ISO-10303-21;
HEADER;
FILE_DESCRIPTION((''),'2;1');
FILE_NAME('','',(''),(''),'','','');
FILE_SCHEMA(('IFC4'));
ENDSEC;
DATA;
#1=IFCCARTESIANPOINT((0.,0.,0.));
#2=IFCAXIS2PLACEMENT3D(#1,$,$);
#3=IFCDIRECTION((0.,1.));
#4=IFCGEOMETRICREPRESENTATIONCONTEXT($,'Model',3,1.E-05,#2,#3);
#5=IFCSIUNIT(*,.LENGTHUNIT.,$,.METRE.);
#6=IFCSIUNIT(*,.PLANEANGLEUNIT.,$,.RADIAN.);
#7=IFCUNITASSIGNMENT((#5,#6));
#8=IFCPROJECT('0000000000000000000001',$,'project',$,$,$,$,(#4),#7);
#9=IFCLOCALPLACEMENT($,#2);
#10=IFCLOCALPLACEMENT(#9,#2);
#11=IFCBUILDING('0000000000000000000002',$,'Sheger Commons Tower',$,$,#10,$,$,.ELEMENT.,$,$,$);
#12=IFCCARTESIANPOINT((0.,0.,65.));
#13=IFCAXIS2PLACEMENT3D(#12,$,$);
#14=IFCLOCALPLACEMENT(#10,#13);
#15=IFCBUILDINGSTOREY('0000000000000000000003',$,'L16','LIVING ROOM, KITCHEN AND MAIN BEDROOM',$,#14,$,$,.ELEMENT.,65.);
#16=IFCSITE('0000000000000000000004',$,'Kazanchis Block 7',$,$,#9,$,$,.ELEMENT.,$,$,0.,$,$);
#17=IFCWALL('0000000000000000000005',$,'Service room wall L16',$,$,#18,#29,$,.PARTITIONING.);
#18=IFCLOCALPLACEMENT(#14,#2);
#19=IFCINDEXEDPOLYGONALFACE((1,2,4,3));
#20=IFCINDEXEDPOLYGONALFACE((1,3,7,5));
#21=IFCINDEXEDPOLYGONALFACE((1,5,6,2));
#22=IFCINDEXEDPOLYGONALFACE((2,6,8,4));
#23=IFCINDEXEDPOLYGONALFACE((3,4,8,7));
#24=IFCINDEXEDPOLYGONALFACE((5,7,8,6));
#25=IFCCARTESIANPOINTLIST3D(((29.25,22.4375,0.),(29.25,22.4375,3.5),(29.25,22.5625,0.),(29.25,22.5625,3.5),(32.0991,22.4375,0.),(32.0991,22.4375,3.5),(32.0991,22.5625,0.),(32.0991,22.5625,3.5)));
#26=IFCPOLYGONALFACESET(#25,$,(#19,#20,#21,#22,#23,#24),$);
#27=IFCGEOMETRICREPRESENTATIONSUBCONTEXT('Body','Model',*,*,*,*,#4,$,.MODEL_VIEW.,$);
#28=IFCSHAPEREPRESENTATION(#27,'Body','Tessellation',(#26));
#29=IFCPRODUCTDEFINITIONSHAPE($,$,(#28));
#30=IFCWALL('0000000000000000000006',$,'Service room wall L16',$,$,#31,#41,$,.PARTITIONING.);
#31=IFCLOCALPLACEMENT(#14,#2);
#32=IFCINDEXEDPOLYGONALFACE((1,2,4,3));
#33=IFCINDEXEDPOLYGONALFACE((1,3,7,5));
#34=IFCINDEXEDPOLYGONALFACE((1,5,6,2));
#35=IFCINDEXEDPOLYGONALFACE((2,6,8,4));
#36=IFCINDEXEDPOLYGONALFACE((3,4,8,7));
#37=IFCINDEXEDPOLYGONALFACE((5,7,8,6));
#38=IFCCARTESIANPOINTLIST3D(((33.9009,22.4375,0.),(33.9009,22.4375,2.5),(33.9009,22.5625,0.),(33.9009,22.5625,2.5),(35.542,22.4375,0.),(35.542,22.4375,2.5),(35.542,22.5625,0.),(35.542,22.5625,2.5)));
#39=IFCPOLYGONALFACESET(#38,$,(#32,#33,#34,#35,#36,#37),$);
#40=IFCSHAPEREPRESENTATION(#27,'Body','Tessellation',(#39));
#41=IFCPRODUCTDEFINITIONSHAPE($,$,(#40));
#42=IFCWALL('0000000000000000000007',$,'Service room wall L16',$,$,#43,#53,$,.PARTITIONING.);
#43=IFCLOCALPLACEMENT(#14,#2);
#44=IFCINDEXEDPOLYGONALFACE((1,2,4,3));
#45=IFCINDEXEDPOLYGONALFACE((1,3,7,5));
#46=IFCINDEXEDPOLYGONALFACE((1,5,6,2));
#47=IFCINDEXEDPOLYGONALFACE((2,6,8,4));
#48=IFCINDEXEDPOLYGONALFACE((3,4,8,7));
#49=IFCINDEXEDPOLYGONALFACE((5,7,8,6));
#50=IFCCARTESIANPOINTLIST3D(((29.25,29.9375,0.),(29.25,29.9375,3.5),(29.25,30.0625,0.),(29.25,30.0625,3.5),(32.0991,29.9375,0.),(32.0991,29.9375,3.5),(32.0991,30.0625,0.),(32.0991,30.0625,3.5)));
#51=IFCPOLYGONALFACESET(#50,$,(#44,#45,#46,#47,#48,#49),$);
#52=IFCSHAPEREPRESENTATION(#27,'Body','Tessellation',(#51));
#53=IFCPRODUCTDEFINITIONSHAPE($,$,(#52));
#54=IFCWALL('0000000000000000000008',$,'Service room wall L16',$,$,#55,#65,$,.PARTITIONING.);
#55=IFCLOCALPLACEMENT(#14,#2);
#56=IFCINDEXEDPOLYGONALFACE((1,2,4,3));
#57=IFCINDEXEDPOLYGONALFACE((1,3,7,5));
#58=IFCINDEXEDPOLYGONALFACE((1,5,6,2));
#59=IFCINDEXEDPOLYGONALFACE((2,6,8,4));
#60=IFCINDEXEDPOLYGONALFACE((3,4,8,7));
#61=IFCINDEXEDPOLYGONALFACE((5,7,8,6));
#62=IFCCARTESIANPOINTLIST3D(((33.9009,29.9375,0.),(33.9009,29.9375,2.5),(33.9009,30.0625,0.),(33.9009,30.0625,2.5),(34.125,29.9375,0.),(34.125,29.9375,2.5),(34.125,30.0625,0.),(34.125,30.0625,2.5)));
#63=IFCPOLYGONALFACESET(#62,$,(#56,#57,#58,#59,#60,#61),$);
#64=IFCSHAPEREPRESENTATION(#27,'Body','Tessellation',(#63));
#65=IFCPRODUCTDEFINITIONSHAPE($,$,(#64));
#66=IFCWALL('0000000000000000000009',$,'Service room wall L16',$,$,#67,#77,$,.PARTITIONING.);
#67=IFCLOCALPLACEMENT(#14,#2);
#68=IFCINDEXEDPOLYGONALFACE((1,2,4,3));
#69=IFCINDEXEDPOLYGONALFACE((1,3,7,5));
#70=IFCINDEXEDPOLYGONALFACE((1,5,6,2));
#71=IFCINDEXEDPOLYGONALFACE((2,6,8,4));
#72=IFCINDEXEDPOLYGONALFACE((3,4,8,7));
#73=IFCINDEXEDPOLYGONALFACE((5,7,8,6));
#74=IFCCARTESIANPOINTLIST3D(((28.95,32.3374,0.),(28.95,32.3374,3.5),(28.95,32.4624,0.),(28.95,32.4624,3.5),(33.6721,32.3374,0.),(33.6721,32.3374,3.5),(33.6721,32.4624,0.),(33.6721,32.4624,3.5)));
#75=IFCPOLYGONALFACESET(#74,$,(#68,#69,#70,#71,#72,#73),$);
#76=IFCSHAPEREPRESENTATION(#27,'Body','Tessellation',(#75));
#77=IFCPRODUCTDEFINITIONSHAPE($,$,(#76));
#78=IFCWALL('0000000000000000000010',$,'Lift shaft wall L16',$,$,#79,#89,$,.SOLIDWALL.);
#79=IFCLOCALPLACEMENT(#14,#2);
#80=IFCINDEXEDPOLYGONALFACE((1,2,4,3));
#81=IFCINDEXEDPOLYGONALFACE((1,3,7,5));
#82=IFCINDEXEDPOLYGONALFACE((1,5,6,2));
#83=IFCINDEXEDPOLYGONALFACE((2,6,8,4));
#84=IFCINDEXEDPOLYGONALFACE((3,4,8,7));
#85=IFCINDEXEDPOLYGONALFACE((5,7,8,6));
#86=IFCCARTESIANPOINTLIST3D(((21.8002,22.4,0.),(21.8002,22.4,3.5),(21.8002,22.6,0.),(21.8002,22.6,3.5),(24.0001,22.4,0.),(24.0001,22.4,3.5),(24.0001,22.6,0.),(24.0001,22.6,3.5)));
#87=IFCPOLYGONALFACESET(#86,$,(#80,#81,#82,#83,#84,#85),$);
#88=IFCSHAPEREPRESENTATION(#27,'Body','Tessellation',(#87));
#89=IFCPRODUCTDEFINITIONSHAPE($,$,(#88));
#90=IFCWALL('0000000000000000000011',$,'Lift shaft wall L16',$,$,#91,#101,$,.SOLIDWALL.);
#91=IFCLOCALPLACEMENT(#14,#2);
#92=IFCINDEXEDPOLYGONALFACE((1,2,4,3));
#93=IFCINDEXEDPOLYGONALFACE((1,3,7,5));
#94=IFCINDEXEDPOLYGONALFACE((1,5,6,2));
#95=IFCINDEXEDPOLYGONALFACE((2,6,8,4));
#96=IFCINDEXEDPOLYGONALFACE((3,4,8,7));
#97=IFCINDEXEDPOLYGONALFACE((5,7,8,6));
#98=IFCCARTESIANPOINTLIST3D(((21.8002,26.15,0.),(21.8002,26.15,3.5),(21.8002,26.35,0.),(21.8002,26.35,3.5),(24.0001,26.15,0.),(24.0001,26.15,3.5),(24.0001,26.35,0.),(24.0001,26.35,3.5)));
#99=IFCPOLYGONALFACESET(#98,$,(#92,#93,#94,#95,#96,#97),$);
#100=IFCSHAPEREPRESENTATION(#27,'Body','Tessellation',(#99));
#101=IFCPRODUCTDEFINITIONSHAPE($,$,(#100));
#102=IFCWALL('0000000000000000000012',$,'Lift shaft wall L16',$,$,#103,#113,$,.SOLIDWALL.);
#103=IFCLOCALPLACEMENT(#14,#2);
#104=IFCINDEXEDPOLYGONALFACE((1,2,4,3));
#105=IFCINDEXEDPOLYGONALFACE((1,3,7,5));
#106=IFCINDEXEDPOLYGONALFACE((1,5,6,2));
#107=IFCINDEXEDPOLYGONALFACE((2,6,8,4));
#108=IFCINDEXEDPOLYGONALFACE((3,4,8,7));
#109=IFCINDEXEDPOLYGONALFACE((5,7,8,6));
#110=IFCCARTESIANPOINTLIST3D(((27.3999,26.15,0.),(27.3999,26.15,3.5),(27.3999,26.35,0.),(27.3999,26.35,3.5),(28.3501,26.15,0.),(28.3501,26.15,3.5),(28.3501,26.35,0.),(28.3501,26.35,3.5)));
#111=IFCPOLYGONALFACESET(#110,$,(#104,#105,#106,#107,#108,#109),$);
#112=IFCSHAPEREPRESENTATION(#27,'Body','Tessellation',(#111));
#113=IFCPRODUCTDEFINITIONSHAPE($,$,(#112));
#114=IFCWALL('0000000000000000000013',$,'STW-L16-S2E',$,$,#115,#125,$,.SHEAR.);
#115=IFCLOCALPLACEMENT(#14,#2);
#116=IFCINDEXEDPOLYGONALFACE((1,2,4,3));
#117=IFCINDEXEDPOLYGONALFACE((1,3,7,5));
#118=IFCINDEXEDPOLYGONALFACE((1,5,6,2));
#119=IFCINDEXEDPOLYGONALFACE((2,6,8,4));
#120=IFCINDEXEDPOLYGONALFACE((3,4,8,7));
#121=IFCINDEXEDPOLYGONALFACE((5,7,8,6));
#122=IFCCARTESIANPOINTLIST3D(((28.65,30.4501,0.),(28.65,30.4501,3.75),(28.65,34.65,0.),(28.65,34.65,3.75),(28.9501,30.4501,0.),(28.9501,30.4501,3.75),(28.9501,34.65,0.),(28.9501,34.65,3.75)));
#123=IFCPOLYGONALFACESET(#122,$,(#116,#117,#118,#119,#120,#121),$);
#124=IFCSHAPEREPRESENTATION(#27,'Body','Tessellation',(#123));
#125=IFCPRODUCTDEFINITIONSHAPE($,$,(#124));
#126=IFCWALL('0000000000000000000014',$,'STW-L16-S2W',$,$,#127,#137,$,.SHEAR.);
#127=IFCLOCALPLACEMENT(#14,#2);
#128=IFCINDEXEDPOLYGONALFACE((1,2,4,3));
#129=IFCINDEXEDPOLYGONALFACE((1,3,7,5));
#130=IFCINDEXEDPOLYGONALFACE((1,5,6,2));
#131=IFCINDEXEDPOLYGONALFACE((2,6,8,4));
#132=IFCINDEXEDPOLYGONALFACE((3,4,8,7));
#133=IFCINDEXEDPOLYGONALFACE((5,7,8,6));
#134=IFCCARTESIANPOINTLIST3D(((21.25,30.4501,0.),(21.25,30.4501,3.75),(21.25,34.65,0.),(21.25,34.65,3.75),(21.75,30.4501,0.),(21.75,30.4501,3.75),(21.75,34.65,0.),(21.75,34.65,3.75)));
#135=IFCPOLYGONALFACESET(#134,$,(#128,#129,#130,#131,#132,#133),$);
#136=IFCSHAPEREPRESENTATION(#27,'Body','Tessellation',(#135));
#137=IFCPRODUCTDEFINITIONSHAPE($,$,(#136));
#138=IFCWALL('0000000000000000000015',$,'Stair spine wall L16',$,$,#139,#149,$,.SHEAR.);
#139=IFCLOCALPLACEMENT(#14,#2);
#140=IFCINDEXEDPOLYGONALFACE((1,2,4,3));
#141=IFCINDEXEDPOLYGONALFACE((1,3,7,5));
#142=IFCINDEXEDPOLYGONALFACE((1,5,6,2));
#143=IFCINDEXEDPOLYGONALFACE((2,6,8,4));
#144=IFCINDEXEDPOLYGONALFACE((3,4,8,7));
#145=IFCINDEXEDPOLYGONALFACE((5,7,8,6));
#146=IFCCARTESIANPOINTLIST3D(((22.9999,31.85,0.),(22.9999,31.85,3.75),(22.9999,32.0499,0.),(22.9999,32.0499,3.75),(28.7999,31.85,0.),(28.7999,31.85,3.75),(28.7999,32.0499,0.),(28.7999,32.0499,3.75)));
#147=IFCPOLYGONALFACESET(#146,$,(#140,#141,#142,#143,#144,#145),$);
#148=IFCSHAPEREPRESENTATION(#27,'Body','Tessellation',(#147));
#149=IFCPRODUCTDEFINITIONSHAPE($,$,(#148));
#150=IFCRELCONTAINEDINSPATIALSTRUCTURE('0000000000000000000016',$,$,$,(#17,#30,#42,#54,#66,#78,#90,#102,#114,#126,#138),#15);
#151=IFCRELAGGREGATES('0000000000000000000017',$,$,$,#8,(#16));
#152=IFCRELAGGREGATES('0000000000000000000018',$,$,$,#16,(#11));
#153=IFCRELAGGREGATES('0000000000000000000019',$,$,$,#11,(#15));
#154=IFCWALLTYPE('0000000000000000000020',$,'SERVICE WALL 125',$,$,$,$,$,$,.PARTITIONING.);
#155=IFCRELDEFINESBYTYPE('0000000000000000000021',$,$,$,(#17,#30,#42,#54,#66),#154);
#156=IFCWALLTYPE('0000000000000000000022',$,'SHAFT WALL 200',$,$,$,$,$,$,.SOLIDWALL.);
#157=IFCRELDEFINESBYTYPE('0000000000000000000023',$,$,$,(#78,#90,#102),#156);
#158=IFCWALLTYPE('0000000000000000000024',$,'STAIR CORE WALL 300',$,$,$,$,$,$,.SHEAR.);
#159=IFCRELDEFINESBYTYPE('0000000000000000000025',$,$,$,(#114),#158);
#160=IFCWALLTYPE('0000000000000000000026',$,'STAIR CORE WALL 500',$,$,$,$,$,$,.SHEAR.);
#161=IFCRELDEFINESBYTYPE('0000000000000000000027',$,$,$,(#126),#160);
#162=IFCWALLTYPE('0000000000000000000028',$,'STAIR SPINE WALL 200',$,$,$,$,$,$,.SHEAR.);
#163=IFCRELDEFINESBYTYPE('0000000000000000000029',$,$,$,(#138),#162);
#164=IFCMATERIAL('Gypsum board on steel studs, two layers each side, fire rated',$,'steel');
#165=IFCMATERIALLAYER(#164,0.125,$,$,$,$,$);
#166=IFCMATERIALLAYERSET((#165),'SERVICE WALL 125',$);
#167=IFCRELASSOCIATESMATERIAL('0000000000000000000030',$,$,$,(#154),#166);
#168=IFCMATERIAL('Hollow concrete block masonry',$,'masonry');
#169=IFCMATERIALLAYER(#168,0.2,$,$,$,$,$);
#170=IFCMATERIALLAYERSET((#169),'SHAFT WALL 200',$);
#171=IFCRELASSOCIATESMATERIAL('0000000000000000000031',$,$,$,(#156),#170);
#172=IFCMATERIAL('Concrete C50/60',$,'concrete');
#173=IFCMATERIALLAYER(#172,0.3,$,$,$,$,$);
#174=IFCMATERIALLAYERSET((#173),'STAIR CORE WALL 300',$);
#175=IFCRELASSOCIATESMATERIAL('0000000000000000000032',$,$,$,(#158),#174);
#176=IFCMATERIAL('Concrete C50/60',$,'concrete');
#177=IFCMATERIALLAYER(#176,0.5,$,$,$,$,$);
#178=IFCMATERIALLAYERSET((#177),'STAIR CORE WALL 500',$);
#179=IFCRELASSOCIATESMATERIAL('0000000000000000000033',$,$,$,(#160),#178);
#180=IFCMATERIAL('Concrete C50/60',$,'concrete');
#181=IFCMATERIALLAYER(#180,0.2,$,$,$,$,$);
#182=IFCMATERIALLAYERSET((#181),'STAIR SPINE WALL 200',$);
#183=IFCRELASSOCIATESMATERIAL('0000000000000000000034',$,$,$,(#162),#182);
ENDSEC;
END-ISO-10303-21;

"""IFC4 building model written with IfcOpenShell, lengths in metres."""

from ifc_helpers import new_model, si_unit, direction, frame, frame_2d, origin, place, context, subcontext, project, spatial, rectangle, extrude, material, layer, layer_set, type_object, element, save


model = new_model("IFC4")

# Units and contexts
model_context = context("Model", 3, precision=1e-05, world=origin(), true_north=direction((0.0, 1.0)))
body_context = subcontext(model_context, "Body", "Model", "MODEL_VIEW")
ifc_project = project(units=[si_unit("LENGTHUNIT", "METRE"), si_unit("PLANEANGLEUNIT", "RADIAN")], contexts=[model_context])

# Site, building, storey
site_placement = place(None, origin())
site = spatial("IfcSite", under=ifc_project, at=site_placement, Name="Kazanchis Block 7", CompositionType="ELEMENT", RefElevation=0.0)
building_placement = place(site_placement, origin())
building = spatial("IfcBuilding", under=site, at=building_placement, Name="Sheger Commons Tower", CompositionType="ELEMENT")
storey_placement = place(building_placement, frame((0.0, 0.0, 65.0)))
storey = spatial("IfcBuildingStorey", under=building, at=storey_placement, Name="L16", Description="LIVING ROOM, KITCHEN AND MAIN BEDROOM", CompositionType="ELEMENT", Elevation=65.0)

# Walls
ifc_material_1 = material(Name="Gypsum board on steel studs, two layers each side, fire rated", Category="steel")
ifc_layer_1 = layer(ifc_material_1, 0.125)
ifc_layer_set_1 = layer_set([ifc_layer_1], Name="SERVICE WALL 125")
wall_type_1 = type_object("IfcWallType", Name="SERVICE WALL 125", PredefinedType="PARTITIONING", material=ifc_layer_set_1)
wall_1_placement = place(storey_placement, frame((29.25, 22.5, 0.0), z_axis=(0.0, 0.0, 1.0), x_axis=(1.0, 0.0, 0.0)))
element("IfcWall", 1, at=wall_1_placement, inside=storey, type_object=wall_type_1, Name="Service room wall L16", PredefinedType="PARTITIONING", context=body_context, shape_type="SweptSolid", body=[
    extrude(rectangle(XDim=2.8491, YDim=0.125, at=frame_2d((1.4246, 0.0))), origin(), (0.0, 0.0, 1.0), 3.5),
])
wall_2_placement = place(storey_placement, frame((33.9009, 22.5, 0.0), z_axis=(0.0, 0.0, 1.0), x_axis=(1.0, 0.0, 0.0)))
element("IfcWall", 2, at=wall_2_placement, inside=storey, type_object=wall_type_1, Name="Service room wall L16", PredefinedType="PARTITIONING", context=body_context, shape_type="SweptSolid", body=[
    extrude(rectangle(XDim=1.6411, YDim=0.125, at=frame_2d((0.8206, 0.0))), origin(), (0.0, 0.0, 1.0), 2.5),
])
wall_3_placement = place(storey_placement, frame((29.25, 30.0, 0.0), z_axis=(0.0, 0.0, 1.0), x_axis=(1.0, 0.0, 0.0)))
element("IfcWall", 3, at=wall_3_placement, inside=storey, type_object=wall_type_1, Name="Service room wall L16", PredefinedType="PARTITIONING", context=body_context, shape_type="SweptSolid", body=[
    extrude(rectangle(XDim=2.8491, YDim=0.125, at=frame_2d((1.4246, 0.0))), origin(), (0.0, 0.0, 1.0), 3.5),
])
wall_4_placement = place(storey_placement, frame((33.9009, 30.0, 0.0), z_axis=(0.0, 0.0, 1.0), x_axis=(1.0, 0.0, 0.0)))
element("IfcWall", 4, at=wall_4_placement, inside=storey, type_object=wall_type_1, Name="Service room wall L16", PredefinedType="PARTITIONING", context=body_context, shape_type="SweptSolid", body=[
    extrude(rectangle(XDim=0.2241, YDim=0.125, at=frame_2d((0.1121, 0.0))), origin(), (0.0, 0.0, 1.0), 2.5),
])
wall_5_placement = place(storey_placement, frame((28.95, 32.3999, 0.0), z_axis=(0.0, 0.0, 1.0), x_axis=(1.0, 0.0, 0.0)))
element("IfcWall", 5, at=wall_5_placement, inside=storey, type_object=wall_type_1, Name="Service room wall L16", PredefinedType="PARTITIONING", context=body_context, shape_type="SweptSolid", body=[
    extrude(rectangle(XDim=4.7222, YDim=0.125, at=frame_2d((2.3611, 0.0))), origin(), (0.0, 0.0, 1.0), 3.5),
])
ifc_material_2 = material(Name="Hollow concrete block masonry", Category="masonry")
ifc_layer_2 = layer(ifc_material_2, 0.2)
ifc_layer_set_2 = layer_set([ifc_layer_2], Name="SHAFT WALL 200")
wall_type_2 = type_object("IfcWallType", Name="SHAFT WALL 200", PredefinedType="SOLIDWALL", material=ifc_layer_set_2)
for number, where, z_axis, x_axis, name in (
    (6, (21.8, 22.5, 0.0), (0.0, 0.0, 1.0), (1.0, 0.0, 0.0), "Lift shaft wall L16"),
    (7, (21.8, 26.25, 0.0), (0.0, 0.0, 1.0), (1.0, 0.0, 0.0), "Lift shaft wall L16"),
):
    element("IfcWall", number, at=place(storey_placement, frame(where, z_axis=z_axis, x_axis=x_axis)), inside=storey, type_object=wall_type_2, Name=name, PredefinedType="SOLIDWALL", context=body_context, shape_type="SweptSolid", body=[
        extrude(rectangle(XDim=2.2, YDim=0.2, at=frame_2d((1.1001, 0.0))), origin(), (0.0, 0.0, 1.0), 3.5),
    ])
wall_6_placement = place(storey_placement, frame((27.3999, 26.25, 0.0), z_axis=(0.0, 0.0, 1.0), x_axis=(1.0, 0.0, 0.0)))
element("IfcWall", 8, at=wall_6_placement, inside=storey, type_object=wall_type_2, Name="Lift shaft wall L16", PredefinedType="SOLIDWALL", context=body_context, shape_type="SweptSolid", body=[
    extrude(rectangle(XDim=0.9502, YDim=0.2, at=frame_2d((0.4751, 0.0))), origin(), (0.0, 0.0, 1.0), 3.5),
])
ifc_material_3 = material(Name="Concrete C50/60", Category="concrete")
ifc_layer_3 = layer(ifc_material_3, 0.3)
ifc_layer_set_3 = layer_set([ifc_layer_3], Name="STAIR CORE WALL 300")
wall_type_3 = type_object("IfcWallType", Name="STAIR CORE WALL 300", PredefinedType="SHEAR", material=ifc_layer_set_3)
wall_7_placement = place(storey_placement, frame((28.8, 30.45, 0.0), z_axis=(0.0, 0.0, 1.0), x_axis=(0.0, 1.0, 0.0)))
element("IfcWall", 9, at=wall_7_placement, inside=storey, type_object=wall_type_3, Name="STW-L16-S2E", PredefinedType="SHEAR", context=body_context, shape_type="SweptSolid", body=[
    extrude(rectangle(XDim=4.2, YDim=0.3, at=frame_2d((2.1001, 0.0))), origin(), (0.0, 0.0, 1.0), 3.75),
])
ifc_material_4 = material(Name="Concrete C50/60", Category="concrete")
ifc_layer_4 = layer(ifc_material_4, 0.5)
ifc_layer_set_4 = layer_set([ifc_layer_4], Name="STAIR CORE WALL 500")
wall_type_4 = type_object("IfcWallType", Name="STAIR CORE WALL 500", PredefinedType="SHEAR", material=ifc_layer_set_4)
wall_8_placement = place(storey_placement, frame((21.5, 30.45, 0.0), z_axis=(0.0, 0.0, 1.0), x_axis=(0.0, 1.0, 0.0)))
element("IfcWall", 10, at=wall_8_placement, inside=storey, type_object=wall_type_4, Name="STW-L16-S2W", PredefinedType="SHEAR", context=body_context, shape_type="SweptSolid", body=[
    extrude(rectangle(XDim=4.2, YDim=0.5, at=frame_2d((2.1001, 0.0))), origin(), (0.0, 0.0, 1.0), 3.75),
])
ifc_material_5 = material(Name="Concrete C50/60", Category="concrete")
ifc_layer_5 = layer(ifc_material_5, 0.2)
ifc_layer_set_5 = layer_set([ifc_layer_5], Name="STAIR SPINE WALL 200")
wall_type_5 = type_object("IfcWallType", Name="STAIR SPINE WALL 200", PredefinedType="SHEAR", material=ifc_layer_set_5)
wall_9_placement = place(storey_placement, frame((23.0, 31.95, 0.0), z_axis=(0.0, 0.0, 1.0), x_axis=(1.0, 0.0, 0.0)))
element("IfcWall", 11, at=wall_9_placement, inside=storey, type_object=wall_type_5, Name="Stair spine wall L16", PredefinedType="SHEAR", context=body_context, shape_type="SweptSolid", body=[
    extrude(rectangle(XDim=5.8, YDim=0.2, at=frame_2d((2.8999, 0.0))), origin(), (0.0, 0.0, 1.0), 3.75),
])

save(model, "model.ifc")
